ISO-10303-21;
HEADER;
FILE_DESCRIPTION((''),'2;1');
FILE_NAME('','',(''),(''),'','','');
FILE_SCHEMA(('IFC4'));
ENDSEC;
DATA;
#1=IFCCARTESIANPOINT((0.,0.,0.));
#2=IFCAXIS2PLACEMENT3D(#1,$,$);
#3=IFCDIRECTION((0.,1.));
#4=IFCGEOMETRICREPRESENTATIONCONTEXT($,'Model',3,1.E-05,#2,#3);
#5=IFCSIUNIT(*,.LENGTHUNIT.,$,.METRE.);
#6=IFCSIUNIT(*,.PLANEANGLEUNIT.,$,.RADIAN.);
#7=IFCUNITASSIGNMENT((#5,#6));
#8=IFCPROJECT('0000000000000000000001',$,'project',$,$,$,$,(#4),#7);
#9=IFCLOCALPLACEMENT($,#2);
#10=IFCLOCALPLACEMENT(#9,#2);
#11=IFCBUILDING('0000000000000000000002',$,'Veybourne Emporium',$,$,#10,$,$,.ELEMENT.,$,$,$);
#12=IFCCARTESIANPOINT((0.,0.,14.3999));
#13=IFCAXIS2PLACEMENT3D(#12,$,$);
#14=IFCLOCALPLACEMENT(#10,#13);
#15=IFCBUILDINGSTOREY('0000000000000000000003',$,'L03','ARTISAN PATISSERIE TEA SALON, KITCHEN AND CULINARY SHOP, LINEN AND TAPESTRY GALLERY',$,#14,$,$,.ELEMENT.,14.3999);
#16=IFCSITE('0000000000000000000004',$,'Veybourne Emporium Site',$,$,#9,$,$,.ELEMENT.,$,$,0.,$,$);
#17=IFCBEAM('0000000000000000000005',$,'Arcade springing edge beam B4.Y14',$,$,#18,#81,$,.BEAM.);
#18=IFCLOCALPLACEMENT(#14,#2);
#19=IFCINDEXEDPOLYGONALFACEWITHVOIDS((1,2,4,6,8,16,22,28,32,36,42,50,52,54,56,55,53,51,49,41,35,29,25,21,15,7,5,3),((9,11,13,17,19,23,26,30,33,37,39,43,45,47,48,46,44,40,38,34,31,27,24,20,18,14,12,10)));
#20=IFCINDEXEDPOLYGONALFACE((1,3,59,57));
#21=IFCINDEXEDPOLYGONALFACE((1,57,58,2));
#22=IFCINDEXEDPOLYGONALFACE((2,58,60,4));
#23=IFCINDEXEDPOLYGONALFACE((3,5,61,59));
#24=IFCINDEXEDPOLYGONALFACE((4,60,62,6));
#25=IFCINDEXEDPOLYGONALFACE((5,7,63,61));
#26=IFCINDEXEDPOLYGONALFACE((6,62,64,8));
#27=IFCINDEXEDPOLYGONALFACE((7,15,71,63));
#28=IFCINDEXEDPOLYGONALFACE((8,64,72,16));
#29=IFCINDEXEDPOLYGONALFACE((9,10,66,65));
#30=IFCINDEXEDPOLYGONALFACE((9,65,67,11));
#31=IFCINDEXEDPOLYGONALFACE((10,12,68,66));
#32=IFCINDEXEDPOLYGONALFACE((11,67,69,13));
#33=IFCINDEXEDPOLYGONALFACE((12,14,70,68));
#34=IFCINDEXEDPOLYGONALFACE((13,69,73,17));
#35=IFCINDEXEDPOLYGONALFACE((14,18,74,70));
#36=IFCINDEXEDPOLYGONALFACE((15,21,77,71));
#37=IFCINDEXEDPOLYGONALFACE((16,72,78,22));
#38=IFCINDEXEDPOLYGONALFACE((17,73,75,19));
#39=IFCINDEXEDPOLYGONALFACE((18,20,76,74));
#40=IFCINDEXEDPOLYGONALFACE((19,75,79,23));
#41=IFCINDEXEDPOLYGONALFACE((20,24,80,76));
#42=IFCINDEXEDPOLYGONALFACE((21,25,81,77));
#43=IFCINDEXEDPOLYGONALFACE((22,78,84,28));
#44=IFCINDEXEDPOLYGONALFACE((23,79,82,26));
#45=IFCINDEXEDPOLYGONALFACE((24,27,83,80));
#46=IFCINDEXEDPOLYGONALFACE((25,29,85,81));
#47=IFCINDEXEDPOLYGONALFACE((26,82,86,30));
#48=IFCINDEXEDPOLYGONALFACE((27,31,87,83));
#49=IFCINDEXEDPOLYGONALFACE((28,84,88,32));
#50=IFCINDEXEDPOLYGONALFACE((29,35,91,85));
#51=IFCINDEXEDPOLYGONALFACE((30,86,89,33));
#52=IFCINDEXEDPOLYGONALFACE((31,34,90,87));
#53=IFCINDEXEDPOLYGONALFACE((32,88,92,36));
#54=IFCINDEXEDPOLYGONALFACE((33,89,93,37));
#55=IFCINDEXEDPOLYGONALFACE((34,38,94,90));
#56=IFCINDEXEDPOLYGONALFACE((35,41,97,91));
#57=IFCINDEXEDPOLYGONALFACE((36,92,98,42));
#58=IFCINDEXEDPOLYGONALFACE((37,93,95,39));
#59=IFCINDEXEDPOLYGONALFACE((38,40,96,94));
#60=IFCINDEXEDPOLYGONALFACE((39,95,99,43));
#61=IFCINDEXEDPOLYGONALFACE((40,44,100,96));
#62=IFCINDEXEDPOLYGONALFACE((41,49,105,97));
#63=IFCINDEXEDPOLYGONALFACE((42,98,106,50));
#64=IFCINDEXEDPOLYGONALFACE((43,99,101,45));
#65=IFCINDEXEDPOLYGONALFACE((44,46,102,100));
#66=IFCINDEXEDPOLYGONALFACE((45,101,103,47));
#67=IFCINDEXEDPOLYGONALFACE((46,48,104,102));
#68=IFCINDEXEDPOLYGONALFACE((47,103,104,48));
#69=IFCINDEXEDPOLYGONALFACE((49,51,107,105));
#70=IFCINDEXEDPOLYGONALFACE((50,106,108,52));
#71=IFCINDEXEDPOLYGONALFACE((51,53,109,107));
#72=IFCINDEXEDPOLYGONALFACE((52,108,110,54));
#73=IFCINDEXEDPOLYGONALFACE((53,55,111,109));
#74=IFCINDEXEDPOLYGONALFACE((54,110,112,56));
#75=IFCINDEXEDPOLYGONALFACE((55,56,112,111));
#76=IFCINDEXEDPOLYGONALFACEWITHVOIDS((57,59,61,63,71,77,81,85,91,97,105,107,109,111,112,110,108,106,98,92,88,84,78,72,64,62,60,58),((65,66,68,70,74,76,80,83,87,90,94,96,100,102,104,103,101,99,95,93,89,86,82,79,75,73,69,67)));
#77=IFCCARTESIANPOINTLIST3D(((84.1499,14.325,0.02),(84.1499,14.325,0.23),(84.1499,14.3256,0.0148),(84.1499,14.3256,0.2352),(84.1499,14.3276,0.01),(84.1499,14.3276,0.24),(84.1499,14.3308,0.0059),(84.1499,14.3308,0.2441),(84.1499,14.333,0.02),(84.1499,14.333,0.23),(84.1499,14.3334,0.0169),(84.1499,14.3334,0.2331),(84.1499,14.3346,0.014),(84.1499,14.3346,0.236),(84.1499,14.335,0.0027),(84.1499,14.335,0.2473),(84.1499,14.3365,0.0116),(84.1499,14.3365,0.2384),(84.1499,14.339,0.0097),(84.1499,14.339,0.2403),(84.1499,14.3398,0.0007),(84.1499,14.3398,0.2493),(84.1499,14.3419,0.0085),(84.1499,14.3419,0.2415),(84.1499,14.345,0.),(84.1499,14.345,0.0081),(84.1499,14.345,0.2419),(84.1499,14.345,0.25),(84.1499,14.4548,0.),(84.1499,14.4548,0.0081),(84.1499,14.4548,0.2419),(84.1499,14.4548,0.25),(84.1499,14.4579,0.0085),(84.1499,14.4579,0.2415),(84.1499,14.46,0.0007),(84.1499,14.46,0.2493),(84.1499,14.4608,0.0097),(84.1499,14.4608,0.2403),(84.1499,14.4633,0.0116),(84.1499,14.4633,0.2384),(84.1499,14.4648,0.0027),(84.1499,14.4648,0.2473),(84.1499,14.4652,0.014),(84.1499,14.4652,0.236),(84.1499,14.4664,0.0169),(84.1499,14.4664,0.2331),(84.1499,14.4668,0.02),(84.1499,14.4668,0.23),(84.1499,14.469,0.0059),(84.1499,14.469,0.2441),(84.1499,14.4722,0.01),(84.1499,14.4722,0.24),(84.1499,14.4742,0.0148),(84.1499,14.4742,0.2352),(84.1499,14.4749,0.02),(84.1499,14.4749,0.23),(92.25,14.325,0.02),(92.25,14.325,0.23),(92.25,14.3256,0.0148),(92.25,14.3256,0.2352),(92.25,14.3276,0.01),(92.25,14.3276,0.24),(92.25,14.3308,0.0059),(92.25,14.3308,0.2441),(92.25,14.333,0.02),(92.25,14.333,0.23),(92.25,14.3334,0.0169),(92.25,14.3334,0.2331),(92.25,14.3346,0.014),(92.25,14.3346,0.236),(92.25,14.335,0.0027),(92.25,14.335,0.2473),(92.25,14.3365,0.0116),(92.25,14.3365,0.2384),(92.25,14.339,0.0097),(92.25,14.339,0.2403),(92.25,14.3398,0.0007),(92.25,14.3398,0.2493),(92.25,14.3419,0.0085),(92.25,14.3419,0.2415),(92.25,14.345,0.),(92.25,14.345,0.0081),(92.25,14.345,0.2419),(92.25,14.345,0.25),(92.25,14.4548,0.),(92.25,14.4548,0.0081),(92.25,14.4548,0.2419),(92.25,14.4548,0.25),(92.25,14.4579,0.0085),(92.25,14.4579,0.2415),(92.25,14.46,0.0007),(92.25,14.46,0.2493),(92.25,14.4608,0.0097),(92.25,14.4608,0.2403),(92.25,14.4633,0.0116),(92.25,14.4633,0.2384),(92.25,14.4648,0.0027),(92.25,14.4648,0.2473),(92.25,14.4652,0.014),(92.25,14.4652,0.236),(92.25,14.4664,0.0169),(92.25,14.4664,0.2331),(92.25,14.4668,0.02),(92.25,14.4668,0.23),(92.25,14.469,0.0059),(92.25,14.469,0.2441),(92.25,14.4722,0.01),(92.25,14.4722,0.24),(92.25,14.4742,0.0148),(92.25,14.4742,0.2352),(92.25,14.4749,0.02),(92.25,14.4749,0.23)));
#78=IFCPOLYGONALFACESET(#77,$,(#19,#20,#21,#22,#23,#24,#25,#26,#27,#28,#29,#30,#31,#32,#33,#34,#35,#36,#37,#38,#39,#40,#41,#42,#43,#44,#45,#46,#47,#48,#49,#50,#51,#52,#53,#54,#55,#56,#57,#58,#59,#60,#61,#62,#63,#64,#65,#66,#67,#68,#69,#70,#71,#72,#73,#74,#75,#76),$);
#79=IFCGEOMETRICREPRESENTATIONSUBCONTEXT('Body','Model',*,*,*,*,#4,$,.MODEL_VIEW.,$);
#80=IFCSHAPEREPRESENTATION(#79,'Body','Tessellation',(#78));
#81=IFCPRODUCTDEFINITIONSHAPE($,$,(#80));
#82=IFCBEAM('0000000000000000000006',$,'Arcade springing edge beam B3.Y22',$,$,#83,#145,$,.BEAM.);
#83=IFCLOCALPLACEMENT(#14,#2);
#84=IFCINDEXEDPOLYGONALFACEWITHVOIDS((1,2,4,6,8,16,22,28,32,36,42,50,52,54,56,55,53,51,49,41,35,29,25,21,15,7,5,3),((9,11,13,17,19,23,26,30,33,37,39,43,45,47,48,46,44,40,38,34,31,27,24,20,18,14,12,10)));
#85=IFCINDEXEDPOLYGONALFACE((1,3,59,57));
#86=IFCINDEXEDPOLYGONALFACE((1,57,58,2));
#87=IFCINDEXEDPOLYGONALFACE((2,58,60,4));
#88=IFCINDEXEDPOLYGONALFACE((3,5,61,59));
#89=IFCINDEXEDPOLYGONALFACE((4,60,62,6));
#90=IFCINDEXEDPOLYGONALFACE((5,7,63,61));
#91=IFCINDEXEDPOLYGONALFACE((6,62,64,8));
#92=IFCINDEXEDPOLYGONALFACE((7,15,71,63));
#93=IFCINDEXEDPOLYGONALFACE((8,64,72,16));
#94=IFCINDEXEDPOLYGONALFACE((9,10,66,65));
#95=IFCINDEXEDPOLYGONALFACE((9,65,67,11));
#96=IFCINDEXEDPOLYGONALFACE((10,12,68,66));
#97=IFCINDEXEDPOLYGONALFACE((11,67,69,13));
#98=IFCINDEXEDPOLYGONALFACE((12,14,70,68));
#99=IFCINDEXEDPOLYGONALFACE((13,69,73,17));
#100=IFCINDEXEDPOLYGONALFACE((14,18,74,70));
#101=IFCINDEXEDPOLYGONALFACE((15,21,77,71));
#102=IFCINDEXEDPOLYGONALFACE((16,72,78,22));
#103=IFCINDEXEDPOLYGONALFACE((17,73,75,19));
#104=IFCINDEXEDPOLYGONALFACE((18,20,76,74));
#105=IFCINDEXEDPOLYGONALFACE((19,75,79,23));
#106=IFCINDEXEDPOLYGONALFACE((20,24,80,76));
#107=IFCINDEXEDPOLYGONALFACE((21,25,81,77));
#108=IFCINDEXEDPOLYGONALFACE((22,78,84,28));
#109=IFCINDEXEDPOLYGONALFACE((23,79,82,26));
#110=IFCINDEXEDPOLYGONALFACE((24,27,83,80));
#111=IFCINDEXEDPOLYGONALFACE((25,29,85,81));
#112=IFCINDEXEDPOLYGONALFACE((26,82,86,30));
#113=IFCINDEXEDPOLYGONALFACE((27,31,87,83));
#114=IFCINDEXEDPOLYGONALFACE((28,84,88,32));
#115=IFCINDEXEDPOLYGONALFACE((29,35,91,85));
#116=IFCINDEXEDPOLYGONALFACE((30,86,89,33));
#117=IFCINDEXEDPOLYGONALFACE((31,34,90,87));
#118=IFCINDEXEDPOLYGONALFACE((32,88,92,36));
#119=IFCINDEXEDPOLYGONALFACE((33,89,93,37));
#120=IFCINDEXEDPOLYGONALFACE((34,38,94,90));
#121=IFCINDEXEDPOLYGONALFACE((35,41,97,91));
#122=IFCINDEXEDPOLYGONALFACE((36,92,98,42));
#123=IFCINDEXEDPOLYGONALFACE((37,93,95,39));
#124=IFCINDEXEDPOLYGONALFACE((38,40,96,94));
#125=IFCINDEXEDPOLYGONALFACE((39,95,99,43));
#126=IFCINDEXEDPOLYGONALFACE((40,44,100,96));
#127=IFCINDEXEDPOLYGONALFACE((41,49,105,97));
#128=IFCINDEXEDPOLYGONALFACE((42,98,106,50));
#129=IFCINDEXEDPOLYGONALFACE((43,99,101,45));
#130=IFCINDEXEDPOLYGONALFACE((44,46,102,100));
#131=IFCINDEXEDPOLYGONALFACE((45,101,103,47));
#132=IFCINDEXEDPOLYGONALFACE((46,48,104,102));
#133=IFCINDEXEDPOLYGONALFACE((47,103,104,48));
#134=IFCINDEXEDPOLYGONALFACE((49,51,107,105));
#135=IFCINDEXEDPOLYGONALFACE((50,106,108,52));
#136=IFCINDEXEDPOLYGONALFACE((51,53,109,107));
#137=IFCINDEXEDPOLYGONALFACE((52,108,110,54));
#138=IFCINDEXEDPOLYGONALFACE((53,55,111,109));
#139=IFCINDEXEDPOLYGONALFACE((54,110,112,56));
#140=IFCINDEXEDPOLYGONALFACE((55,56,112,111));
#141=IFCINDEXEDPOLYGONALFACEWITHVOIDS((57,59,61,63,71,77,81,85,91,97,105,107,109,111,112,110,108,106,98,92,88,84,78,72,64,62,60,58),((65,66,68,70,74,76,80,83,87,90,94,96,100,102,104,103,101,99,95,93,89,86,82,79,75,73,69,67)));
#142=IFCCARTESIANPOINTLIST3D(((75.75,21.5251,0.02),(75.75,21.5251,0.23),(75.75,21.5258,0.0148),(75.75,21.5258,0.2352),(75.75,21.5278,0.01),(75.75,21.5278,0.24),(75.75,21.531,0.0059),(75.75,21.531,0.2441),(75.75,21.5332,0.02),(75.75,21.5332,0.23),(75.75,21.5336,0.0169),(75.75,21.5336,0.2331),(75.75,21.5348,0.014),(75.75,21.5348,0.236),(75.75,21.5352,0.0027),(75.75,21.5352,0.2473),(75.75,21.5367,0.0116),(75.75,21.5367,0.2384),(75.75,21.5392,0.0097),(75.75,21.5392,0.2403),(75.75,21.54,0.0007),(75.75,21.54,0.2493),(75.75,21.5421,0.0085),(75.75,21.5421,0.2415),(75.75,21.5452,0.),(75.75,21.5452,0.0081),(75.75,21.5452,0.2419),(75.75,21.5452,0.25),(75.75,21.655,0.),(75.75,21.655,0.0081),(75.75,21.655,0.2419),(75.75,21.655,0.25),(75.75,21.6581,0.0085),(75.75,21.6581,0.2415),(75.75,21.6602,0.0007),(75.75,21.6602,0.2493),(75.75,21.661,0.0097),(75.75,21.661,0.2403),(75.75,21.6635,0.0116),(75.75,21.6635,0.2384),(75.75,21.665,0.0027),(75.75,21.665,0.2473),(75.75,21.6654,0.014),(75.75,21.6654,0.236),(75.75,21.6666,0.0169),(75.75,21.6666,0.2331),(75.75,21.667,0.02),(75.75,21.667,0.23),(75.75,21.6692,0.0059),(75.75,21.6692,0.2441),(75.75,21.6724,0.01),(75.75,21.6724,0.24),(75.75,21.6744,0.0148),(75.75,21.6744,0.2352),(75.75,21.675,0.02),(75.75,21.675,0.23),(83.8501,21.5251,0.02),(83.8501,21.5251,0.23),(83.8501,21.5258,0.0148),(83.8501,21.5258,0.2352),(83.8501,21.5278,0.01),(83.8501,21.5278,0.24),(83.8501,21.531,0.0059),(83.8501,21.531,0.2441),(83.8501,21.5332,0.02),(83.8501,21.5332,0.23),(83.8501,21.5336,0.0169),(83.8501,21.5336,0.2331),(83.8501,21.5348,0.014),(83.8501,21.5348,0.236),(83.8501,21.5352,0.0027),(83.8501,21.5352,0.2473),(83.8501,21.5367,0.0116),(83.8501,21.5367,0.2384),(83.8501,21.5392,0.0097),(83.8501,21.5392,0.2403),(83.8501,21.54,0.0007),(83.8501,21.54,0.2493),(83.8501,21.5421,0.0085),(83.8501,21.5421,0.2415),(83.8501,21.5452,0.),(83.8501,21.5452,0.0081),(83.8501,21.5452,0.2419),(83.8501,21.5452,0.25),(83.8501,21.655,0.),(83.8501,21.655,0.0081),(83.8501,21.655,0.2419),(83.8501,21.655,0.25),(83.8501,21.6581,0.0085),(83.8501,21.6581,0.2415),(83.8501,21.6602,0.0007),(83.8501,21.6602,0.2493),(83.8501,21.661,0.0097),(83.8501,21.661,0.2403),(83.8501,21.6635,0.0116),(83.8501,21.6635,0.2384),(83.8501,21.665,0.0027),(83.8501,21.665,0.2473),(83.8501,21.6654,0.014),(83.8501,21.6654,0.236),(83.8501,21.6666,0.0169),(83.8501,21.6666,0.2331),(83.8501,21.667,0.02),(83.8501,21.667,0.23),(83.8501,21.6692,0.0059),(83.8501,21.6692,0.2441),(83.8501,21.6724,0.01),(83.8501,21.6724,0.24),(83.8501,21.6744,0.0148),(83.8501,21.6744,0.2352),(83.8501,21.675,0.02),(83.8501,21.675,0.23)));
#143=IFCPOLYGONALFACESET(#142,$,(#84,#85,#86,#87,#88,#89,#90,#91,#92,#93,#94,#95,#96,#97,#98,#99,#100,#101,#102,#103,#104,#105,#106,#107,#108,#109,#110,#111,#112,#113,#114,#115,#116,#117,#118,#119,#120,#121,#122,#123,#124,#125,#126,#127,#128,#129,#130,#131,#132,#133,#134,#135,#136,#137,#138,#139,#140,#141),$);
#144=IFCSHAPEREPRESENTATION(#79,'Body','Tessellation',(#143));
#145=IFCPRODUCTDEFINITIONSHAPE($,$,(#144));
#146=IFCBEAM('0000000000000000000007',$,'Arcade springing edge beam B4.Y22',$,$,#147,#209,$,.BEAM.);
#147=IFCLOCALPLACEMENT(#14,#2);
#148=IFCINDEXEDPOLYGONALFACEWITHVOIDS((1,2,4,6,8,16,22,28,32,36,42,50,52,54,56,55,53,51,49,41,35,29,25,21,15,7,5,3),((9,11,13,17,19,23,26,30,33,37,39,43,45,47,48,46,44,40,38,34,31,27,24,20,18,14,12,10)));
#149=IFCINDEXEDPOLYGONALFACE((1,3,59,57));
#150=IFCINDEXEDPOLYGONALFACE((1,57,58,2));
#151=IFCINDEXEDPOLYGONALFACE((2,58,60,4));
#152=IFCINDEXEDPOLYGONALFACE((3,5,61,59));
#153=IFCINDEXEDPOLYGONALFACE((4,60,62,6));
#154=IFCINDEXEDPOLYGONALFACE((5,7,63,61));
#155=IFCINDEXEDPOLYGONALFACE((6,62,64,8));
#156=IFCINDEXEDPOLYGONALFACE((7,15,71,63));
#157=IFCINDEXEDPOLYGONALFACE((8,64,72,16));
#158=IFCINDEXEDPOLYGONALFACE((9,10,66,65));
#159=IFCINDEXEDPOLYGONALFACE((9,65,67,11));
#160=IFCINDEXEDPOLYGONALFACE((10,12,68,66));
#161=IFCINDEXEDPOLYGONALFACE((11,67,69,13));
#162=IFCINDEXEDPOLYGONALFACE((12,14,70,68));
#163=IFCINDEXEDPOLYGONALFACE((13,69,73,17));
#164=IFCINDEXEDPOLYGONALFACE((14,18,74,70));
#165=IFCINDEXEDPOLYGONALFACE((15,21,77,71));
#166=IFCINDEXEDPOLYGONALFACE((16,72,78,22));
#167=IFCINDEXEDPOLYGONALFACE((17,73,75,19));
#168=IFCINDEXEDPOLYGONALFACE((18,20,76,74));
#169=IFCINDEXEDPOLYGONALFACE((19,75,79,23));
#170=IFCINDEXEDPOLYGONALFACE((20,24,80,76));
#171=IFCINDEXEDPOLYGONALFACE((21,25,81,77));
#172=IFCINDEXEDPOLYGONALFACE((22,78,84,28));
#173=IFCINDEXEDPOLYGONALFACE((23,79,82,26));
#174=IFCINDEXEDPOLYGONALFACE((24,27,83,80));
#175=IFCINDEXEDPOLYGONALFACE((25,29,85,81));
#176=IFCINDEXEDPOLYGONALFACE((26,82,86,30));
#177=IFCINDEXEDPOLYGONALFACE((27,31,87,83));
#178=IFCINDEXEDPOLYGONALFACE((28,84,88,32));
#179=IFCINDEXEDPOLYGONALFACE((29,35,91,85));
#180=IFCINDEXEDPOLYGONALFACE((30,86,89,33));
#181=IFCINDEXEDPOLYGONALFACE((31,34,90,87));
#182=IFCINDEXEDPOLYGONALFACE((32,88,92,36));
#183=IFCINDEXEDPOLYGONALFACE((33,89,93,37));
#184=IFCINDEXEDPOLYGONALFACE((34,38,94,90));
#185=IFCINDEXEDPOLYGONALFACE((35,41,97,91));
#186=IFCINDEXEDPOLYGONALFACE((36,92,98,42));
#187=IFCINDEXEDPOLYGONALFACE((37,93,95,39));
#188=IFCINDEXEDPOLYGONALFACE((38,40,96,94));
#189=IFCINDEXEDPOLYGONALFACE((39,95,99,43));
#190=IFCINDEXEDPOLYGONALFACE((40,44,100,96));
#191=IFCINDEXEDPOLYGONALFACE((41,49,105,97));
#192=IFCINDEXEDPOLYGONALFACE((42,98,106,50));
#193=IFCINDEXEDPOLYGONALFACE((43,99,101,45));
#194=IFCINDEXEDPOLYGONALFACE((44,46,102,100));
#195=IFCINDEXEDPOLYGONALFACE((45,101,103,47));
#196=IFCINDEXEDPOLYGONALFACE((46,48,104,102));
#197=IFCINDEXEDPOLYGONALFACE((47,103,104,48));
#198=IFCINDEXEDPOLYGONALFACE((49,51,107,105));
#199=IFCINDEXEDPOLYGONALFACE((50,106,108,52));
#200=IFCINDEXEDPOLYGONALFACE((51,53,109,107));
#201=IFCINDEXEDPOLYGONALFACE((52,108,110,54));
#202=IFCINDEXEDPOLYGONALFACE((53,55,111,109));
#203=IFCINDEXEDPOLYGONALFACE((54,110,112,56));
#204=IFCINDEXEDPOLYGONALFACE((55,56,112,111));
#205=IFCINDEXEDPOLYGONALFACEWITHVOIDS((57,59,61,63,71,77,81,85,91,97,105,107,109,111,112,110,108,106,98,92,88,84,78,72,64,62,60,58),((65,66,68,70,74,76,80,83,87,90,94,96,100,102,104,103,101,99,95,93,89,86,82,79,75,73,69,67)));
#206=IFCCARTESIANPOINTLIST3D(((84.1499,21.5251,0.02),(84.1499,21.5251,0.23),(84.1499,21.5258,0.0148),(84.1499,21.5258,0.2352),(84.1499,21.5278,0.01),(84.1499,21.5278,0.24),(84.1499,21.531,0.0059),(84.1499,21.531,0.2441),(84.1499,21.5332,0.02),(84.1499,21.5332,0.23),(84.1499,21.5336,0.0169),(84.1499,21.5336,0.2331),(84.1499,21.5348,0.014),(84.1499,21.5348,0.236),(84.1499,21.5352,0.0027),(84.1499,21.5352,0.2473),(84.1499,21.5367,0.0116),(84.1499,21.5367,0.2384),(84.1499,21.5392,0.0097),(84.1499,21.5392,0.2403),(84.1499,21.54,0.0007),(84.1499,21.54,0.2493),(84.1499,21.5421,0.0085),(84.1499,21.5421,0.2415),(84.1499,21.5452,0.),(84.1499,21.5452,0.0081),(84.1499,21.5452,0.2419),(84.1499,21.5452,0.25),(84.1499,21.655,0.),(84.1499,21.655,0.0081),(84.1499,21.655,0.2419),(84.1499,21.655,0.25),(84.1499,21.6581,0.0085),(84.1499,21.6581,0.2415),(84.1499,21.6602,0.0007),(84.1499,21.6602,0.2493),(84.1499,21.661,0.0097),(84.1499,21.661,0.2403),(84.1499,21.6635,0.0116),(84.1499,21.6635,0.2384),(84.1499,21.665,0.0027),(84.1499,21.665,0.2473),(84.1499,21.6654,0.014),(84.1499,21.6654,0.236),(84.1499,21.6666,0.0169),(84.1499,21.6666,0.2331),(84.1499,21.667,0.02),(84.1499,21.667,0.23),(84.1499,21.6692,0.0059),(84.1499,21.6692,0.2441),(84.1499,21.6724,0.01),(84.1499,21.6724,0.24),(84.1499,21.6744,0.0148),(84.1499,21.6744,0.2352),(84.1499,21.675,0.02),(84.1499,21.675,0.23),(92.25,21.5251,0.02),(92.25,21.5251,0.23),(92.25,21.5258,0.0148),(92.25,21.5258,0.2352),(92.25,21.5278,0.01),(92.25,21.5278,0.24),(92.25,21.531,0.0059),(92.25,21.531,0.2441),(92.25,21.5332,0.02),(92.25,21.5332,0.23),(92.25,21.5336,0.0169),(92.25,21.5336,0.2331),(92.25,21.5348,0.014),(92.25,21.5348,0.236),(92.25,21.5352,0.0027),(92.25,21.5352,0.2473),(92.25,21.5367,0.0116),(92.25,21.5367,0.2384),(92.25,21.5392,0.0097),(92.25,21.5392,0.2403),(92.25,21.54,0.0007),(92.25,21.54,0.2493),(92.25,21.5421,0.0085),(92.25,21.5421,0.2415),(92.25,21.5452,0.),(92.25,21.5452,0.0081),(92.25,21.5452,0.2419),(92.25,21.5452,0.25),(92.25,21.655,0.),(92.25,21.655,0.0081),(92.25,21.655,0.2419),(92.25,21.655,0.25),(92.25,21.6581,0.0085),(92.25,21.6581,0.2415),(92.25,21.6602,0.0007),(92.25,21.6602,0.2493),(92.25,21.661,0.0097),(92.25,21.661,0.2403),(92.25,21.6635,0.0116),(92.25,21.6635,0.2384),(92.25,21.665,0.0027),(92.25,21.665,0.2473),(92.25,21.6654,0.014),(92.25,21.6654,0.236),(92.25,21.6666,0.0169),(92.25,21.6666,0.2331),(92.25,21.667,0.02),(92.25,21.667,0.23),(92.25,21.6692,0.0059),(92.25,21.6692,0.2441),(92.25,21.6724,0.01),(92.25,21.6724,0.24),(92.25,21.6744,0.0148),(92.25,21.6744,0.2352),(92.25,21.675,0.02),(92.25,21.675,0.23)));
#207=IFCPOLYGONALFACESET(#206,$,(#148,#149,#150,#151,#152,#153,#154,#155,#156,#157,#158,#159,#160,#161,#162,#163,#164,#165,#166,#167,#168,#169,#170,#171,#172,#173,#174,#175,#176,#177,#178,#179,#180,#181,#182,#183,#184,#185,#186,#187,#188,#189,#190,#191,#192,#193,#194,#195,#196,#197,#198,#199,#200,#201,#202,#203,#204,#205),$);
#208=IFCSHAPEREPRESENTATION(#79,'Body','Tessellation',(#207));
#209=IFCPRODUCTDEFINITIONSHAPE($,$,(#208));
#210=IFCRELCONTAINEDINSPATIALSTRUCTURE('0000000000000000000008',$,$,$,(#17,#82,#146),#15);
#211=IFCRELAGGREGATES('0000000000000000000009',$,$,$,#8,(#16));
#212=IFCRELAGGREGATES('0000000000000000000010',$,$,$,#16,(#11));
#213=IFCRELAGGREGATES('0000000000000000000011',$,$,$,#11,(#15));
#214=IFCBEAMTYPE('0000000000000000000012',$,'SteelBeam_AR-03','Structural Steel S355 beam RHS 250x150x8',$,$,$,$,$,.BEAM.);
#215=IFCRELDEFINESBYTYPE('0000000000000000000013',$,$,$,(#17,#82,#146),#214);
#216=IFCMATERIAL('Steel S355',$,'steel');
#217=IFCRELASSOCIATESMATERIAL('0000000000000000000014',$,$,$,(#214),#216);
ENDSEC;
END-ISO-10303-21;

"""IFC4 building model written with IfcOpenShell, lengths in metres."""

from ifc_helpers import new_model, si_unit, direction, frame, origin, origin_2d, place, context, subcontext, project, spatial, hollow_rectangle, extrude, material, material_profile, profile_set, type_object, element, save


model = new_model("IFC4")

# Units and contexts
model_context = context("Model", 3, precision=1e-05, world=origin(), true_north=direction((0.0, 1.0)))
body_context = subcontext(model_context, "Body", "Model", "MODEL_VIEW")
ifc_project = project(units=[si_unit("LENGTHUNIT", "METRE"), si_unit("PLANEANGLEUNIT", "RADIAN")], contexts=[model_context])

# Site, building, storey
site_placement = place(None, origin())
site = spatial("IfcSite", under=ifc_project, at=site_placement, Name="Veybourne Emporium Site", CompositionType="ELEMENT", RefElevation=0.0)
building_placement = place(site_placement, origin())
building = spatial("IfcBuilding", under=site, at=building_placement, Name="Veybourne Emporium", CompositionType="ELEMENT")
storey_placement = place(building_placement, frame((0.0, 0.0, 14.3999)))
storey = spatial("IfcBuildingStorey", under=building, at=storey_placement, Name="L03", Description="ARTISAN PATISSERIE TEA SALON, KITCHEN AND CULINARY SHOP, LINEN AND TAPESTRY GALLERY", CompositionType="ELEMENT", Elevation=14.3999)

# Beams
ifc_material_1 = material(Name="Steel S355", Category="steel")
ifc_material_profile_1 = material_profile(ifc_material_1, hollow_rectangle(XDim=0.1499, YDim=0.25, WallThickness=0.0081, InnerFilletRadius=0.012, OuterFilletRadius=0.02, at=origin_2d()), Name="RHS 250x150x8")
ifc_profile_set_1 = profile_set([ifc_material_profile_1], Name="Steel S355")
beam_type_1 = type_object("IfcBeamType", Name="SteelBeam_AR-03", Description="Structural Steel S355 beam RHS 250x150x8", PredefinedType="BEAM", material=ifc_profile_set_1)
for number, where, z_axis, x_axis, name in (
    (1, (84.1499, 14.3999, 0.125), (1.0, 0.0, 0.0), (0.0, 1.0, 0.0), "Arcade springing edge beam B4.Y14"),
    (2, (75.75, 21.6001, 0.125), (1.0, 0.0, 0.0), (0.0, 1.0, 0.0), "Arcade springing edge beam B3.Y22"),
    (3, (84.1499, 21.6001, 0.125), (1.0, 0.0, 0.0), (0.0, 1.0, 0.0), "Arcade springing edge beam B4.Y22"),
):
    element("IfcBeam", number, at=place(storey_placement, frame(where, z_axis=z_axis, x_axis=x_axis)), inside=storey, type_object=beam_type_1, Name=name, PredefinedType="BEAM", context=body_context, shape_type="SweptSolid", body=[
        extrude(hollow_rectangle(XDim=0.1499, YDim=0.25, WallThickness=0.0081, InnerFilletRadius=0.012, OuterFilletRadius=0.02, at=origin_2d()), origin(), (0.0, 0.0, 1.0), 8.1001),
    ])

save(model, "model.ifc")
